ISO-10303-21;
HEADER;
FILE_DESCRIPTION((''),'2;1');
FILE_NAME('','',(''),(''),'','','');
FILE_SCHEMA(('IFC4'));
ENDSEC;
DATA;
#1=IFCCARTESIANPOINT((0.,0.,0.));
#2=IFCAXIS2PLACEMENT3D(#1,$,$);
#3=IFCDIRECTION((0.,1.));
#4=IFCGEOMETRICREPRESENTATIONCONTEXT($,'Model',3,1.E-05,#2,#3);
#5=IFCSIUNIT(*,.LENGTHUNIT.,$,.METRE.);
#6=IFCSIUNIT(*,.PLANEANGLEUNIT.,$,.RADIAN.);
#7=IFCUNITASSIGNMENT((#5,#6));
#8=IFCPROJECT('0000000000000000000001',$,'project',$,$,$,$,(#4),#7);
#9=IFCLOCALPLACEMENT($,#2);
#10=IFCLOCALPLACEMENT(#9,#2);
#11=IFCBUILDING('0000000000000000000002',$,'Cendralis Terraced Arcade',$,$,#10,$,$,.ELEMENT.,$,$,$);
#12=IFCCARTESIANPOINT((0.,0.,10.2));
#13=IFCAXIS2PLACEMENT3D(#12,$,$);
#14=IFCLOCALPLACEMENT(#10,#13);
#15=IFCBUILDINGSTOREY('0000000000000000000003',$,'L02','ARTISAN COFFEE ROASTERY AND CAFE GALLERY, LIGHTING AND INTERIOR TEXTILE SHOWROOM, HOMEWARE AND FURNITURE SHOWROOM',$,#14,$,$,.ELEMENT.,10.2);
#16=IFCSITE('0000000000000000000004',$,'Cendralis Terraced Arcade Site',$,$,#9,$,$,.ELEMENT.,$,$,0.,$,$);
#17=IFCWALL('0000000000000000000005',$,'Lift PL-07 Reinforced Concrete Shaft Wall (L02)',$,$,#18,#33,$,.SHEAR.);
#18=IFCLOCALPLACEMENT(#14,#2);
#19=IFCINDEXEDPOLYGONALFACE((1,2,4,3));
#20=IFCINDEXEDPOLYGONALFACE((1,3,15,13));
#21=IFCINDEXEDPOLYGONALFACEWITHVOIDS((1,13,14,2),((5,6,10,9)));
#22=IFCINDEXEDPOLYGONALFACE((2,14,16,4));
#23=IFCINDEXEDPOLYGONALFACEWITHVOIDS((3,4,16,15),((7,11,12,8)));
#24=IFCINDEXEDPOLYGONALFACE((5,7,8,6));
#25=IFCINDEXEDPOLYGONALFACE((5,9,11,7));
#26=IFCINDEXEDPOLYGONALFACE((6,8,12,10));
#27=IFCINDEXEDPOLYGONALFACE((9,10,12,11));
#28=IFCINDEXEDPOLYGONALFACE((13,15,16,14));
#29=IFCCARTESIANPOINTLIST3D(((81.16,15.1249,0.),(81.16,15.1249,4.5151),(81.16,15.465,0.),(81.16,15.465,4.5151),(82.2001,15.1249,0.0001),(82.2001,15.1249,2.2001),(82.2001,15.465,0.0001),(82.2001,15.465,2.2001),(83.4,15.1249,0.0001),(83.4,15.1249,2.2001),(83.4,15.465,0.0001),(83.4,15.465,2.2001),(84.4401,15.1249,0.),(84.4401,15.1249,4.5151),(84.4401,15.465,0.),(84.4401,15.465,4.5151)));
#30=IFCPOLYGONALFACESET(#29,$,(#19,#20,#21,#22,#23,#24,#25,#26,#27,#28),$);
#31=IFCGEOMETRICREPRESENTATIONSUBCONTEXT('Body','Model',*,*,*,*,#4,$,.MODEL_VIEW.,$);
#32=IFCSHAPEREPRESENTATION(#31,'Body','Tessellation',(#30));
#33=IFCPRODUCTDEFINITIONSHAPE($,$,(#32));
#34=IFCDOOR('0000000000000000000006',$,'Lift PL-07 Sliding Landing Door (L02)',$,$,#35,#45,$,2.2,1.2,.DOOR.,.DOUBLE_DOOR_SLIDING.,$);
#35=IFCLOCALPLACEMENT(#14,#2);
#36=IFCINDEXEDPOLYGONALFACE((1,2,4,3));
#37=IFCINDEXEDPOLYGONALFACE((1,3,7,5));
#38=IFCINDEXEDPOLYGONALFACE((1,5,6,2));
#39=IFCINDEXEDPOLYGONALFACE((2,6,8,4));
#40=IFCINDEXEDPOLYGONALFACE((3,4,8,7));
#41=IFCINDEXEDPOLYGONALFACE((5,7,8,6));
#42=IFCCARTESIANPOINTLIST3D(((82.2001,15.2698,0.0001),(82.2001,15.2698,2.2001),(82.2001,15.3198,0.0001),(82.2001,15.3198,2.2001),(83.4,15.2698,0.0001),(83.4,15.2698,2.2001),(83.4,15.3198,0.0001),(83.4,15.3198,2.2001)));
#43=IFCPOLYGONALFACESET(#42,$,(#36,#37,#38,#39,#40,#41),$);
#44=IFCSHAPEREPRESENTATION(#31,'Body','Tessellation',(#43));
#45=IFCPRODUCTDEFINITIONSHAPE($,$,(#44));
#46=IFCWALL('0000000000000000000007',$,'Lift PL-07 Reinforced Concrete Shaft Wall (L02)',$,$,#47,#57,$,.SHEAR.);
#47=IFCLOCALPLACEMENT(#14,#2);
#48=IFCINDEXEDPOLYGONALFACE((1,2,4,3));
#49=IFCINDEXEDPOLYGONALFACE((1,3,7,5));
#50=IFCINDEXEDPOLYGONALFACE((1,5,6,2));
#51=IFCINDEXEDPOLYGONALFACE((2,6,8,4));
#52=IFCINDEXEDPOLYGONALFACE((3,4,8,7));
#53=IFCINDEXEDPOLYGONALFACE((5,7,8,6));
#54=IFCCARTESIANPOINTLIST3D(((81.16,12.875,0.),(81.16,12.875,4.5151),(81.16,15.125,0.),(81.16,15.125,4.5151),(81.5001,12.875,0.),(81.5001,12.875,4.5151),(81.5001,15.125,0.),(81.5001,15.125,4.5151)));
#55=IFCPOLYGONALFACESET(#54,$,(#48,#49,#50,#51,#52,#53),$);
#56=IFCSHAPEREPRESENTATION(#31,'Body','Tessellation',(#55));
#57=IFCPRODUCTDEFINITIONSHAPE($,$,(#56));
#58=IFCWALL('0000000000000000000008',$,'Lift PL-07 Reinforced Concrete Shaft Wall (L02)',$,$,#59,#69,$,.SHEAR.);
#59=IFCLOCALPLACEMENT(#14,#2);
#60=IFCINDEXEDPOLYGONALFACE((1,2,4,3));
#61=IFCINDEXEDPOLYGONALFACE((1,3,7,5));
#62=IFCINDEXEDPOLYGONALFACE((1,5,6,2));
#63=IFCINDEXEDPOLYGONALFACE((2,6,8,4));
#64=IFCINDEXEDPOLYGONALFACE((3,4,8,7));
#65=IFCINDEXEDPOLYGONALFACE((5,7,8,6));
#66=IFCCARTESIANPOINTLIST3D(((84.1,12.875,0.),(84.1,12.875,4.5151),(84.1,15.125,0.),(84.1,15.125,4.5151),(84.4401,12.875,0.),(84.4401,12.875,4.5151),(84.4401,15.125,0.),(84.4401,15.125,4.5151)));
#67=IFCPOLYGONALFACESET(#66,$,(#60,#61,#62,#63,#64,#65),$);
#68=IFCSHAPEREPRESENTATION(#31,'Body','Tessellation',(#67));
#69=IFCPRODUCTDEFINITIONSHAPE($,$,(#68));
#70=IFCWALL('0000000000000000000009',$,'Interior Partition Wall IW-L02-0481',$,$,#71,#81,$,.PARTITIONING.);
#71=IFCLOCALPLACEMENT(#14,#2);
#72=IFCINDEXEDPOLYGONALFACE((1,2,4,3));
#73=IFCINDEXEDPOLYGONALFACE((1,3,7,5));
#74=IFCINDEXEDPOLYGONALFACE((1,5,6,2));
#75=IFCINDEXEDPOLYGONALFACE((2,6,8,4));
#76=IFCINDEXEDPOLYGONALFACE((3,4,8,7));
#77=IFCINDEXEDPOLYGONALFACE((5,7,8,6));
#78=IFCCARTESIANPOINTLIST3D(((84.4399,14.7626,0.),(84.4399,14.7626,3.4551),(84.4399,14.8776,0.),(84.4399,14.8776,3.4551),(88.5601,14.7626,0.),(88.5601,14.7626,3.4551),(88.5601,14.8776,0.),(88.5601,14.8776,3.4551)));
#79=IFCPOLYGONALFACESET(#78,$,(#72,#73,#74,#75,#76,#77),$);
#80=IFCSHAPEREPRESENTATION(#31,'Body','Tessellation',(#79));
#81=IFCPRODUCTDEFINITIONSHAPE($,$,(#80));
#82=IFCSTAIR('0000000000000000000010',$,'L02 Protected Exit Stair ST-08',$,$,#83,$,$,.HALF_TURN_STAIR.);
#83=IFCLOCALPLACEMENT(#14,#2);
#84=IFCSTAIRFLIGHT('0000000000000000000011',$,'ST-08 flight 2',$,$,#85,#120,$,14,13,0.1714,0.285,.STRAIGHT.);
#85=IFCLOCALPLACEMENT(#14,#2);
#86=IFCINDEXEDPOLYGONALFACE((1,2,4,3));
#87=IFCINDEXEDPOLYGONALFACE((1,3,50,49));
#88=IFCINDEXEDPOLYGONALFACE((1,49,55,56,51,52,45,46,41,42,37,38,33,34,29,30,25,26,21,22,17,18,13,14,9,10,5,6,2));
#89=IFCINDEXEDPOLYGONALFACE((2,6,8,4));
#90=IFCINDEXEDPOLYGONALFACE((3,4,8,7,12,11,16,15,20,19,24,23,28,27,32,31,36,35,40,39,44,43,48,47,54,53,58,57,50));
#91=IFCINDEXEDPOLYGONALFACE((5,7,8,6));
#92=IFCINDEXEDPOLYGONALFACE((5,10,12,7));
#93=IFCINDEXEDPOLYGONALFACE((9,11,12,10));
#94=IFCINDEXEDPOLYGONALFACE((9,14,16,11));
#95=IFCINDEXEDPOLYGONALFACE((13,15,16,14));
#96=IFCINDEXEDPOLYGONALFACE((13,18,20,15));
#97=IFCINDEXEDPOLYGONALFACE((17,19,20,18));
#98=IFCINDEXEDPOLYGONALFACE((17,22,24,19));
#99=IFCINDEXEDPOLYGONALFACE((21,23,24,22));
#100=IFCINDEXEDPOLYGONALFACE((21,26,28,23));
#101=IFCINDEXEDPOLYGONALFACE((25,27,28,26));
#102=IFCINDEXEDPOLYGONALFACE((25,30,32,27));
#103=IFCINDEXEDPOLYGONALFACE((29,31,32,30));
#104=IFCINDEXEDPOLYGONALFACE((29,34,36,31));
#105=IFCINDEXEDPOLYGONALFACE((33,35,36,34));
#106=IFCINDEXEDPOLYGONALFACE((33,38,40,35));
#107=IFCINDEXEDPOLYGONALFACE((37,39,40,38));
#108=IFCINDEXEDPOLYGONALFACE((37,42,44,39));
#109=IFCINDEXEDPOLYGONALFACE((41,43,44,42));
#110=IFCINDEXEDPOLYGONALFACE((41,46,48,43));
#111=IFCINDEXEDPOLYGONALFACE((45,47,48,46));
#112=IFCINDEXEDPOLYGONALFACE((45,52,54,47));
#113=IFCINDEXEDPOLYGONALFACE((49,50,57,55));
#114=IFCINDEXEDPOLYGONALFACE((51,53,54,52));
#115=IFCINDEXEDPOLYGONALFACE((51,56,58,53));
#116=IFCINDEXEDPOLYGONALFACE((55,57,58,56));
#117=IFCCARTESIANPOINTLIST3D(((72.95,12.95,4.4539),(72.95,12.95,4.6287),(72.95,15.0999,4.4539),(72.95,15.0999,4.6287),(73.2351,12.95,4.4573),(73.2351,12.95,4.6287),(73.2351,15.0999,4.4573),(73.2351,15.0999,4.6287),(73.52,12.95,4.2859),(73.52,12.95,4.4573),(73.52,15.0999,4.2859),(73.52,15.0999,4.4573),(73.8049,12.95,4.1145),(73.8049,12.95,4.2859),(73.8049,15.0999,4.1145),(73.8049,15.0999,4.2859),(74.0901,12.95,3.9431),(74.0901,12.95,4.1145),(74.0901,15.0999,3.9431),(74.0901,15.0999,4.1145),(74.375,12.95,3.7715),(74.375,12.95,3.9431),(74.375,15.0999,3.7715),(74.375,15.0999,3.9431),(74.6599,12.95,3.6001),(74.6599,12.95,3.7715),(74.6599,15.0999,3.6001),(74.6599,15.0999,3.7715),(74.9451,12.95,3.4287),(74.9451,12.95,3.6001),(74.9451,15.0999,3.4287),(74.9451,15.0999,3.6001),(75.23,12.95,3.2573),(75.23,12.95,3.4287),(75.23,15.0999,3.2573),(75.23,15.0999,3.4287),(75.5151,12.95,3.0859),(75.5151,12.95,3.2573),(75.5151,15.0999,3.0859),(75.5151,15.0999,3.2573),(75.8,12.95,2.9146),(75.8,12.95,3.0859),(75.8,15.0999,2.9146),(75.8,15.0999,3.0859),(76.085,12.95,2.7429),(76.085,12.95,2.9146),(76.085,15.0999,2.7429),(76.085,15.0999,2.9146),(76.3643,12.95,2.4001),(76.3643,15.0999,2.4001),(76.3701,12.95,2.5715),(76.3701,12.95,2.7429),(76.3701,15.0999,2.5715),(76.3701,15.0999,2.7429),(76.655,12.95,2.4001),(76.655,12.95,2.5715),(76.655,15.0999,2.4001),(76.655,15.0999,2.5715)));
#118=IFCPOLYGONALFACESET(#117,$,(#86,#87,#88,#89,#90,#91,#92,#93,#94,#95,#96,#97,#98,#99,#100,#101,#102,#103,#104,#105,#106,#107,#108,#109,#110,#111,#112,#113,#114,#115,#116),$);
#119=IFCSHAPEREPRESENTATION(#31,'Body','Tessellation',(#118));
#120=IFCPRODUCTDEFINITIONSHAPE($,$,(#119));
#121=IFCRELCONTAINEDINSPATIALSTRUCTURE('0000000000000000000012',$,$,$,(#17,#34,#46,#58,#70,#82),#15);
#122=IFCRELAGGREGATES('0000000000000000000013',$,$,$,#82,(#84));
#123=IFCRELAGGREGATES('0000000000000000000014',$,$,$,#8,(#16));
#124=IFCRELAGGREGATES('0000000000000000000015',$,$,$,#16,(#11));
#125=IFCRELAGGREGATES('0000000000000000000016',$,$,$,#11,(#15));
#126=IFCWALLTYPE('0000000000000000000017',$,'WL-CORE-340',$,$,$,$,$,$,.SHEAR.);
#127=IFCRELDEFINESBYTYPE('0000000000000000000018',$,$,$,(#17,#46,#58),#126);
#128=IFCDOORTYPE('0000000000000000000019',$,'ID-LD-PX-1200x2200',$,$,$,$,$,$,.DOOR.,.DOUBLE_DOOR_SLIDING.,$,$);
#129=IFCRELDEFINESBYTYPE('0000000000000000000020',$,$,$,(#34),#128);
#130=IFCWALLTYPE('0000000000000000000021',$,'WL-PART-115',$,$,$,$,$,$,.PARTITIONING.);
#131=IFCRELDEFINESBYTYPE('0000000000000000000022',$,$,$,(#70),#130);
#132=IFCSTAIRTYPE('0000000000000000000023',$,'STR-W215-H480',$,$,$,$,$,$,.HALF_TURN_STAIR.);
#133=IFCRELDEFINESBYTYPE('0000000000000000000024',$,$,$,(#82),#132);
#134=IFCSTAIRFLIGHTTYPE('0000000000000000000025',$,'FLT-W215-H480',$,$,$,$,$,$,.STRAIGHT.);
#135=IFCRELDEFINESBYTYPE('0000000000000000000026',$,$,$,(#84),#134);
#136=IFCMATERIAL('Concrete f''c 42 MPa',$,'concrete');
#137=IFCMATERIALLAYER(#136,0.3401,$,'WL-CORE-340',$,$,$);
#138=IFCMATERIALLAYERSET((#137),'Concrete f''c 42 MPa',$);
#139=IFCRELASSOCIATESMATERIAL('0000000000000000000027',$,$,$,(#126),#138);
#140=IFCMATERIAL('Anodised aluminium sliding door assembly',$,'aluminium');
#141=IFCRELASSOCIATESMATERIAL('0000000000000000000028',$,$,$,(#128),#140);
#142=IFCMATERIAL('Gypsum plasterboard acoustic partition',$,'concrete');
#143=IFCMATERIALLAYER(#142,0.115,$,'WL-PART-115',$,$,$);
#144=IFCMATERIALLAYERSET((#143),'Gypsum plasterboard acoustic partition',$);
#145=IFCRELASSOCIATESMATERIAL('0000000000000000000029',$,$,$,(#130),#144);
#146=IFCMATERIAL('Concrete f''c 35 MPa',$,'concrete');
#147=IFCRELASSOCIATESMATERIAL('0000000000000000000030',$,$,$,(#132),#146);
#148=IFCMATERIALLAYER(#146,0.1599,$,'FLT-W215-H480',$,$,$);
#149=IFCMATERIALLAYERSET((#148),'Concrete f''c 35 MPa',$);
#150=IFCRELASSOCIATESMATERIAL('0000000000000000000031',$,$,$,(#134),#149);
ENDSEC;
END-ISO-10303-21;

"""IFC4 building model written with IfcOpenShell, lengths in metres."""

from ifc_helpers import new_model, si_unit, direction, frame, frame_2d, origin, place, context, subcontext, project, spatial, polyline, rectangle, outline, extrude, material, layer, layer_set, type_object, element, fill, aggregate, save


model = new_model("IFC4")

# Units and contexts
model_context = context("Model", 3, precision=1e-05, world=origin(), true_north=direction((0.0, 1.0)))
body_context = subcontext(model_context, "Body", "Model", "MODEL_VIEW")
ifc_project = project(units=[si_unit("LENGTHUNIT", "METRE"), si_unit("PLANEANGLEUNIT", "RADIAN")], contexts=[model_context])

# Site, building, storey
site_placement = place(None, origin())
site = spatial("IfcSite", under=ifc_project, at=site_placement, Name="Cendralis Terraced Arcade Site", CompositionType="ELEMENT", RefElevation=0.0)
building_placement = place(site_placement, origin())
building = spatial("IfcBuilding", under=site, at=building_placement, Name="Cendralis Terraced Arcade", CompositionType="ELEMENT")
storey_placement = place(building_placement, frame((0.0, 0.0, 10.2)))
storey = spatial("IfcBuildingStorey", under=building, at=storey_placement, Name="L02", Description="ARTISAN COFFEE ROASTERY AND CAFE GALLERY, LIGHTING AND INTERIOR TEXTILE SHOWROOM, HOMEWARE AND FURNITURE SHOWROOM", CompositionType="ELEMENT", Elevation=10.2)

# Shared definitions
ifc_material_1 = material(Name="Concrete f'c 42 MPa", Category="concrete")

# Shared definitions
ifc_material_2 = material(Name="Concrete f'c 35 MPa", Category="concrete")

# Shared definitions
ifc_material_3 = material(Name="Gypsum plasterboard acoustic partition", Category="concrete")

# Shared definitions
ifc_layer_1 = layer(ifc_material_1, 0.3401, Name="WL-CORE-340")
ifc_layer_set_1 = layer_set([ifc_layer_1], Name="Concrete f'c 42 MPa")
wall_type_1 = type_object("IfcWallType", Name="WL-CORE-340", PredefinedType="SHEAR", material=ifc_layer_set_1)

# Wall, opening, door
wall_1_placement = place(storey_placement, frame((81.1599, 15.2949, 0.0), z_axis=(0.0, 0.0, 1.0), x_axis=(1.0, 0.0, 0.0)))
wall_1 = element("IfcWall", 1, at=wall_1_placement, inside=storey, type_object=wall_type_1, Name="Lift PL-07 Reinforced Concrete Shaft Wall (L02)", PredefinedType="SHEAR", context=body_context, shape_type="SweptSolid", body=[
    extrude(rectangle(XDim=3.28, YDim=0.3401, at=frame_2d((1.6401, 0.0))), origin(), (0.0, 0.0, 1.0), 4.5151),
])
opening_1_placement = place(wall_1_placement, frame((1.04, 0.0, 0.0)))
opening_1 = element("IfcOpeningElement", 2, at=opening_1_placement, cuts=wall_1, PredefinedType="OPENING", context=body_context, shape_type="SweptSolid", body=[
    extrude(rectangle(XDim=1.2, YDim=2.2, at=frame_2d((0.6001, 1.1001))), frame((0.0, 0.1821, 0.0), z_axis=(0.0, -1.0, 0.0), x_axis=(1.0, 0.0, 0.0)), (0.0, 0.0, 1.0), 0.364),
])
ifc_material_4 = material(Name="Anodised aluminium sliding door assembly", Category="aluminium")
door_type_1 = type_object("IfcDoorType", Name="ID-LD-PX-1200x2200", OperationType="DOUBLE_DOOR_SLIDING", PredefinedType="DOOR", material=ifc_material_4)
door_1_placement = place(opening_1_placement, origin())
door_1 = element("IfcDoor", 3, at=door_1_placement, inside=storey, type_object=door_type_1, Name="Lift PL-07 Sliding Landing Door (L02)", OperationType="DOUBLE_DOOR_SLIDING", OverallHeight=2.2, OverallWidth=1.2, PredefinedType="DOOR", context=body_context, shape_type="SweptSolid", body=[
    extrude(rectangle(XDim=1.2, YDim=2.2, at=frame_2d((0.6001, 1.1001))), frame((0.0, 0.0249, 0.0), z_axis=(0.0, -1.0, 0.0), x_axis=(1.0, 0.0, 0.0)), (0.0, 0.0, 1.0), 0.05),
])
fill(opening_1, door_1)

# Walls
for number, where, z_axis, x_axis, name in (
    (4, (81.3301, 12.875, 0.0), (0.0, 0.0, 1.0), (0.0, 1.0, 0.0), "Lift PL-07 Reinforced Concrete Shaft Wall (L02)"),
    (5, (84.27, 12.875, 0.0), (0.0, 0.0, 1.0), (0.0, 1.0, 0.0), "Lift PL-07 Reinforced Concrete Shaft Wall (L02)"),
):
    element("IfcWall", number, at=place(storey_placement, frame(where, z_axis=z_axis, x_axis=x_axis)), inside=storey, type_object=wall_type_1, Name=name, PredefinedType="SHEAR", context=body_context, shape_type="SweptSolid", body=[
        extrude(rectangle(XDim=2.25, YDim=0.3401, at=frame_2d((1.125, 0.0))), origin(), (0.0, 0.0, 1.0), 4.5151),
    ])
ifc_layer_2 = layer(ifc_material_3, 0.115, Name="WL-PART-115")
ifc_layer_set_2 = layer_set([ifc_layer_2], Name="Gypsum plasterboard acoustic partition")
wall_type_2 = type_object("IfcWallType", Name="WL-PART-115", PredefinedType="PARTITIONING", material=ifc_layer_set_2)
wall_2_placement = place(storey_placement, frame((84.4399, 14.8201, 0.0), z_axis=(0.0, 0.0, 1.0), x_axis=(1.0, 0.0, 0.0)))
element("IfcWall", 6, at=wall_2_placement, inside=storey, type_object=wall_type_2, Name="Interior Partition Wall IW-L02-0481", PredefinedType="PARTITIONING", context=body_context, shape_type="SweptSolid", body=[
    extrude(rectangle(XDim=4.1201, YDim=0.115, at=frame_2d((2.0601, 0.0))), origin(), (0.0, 0.0, 1.0), 3.4551),
])

# Stair, stair flight
stair_type = type_object("IfcStairType", Name="STR-W215-H480", PredefinedType="HALF_TURN_STAIR", material=ifc_material_2)
stair_placement = place(storey_placement, origin())
stair = element("IfcStair", 7, at=stair_placement, inside=storey, type_object=stair_type, Name="L02 Protected Exit Stair ST-08", PredefinedType="HALF_TURN_STAIR")
ifc_layer_3 = layer(ifc_material_2, 0.1599, Name="FLT-W215-H480")
ifc_layer_set_3 = layer_set([ifc_layer_3], Name="Concrete f'c 35 MPa")
stair_flight_type = type_object("IfcStairFlightType", Name="FLT-W215-H480", PredefinedType="STRAIGHT", material=ifc_layer_set_3)
stair_flight_placement = place(storey_placement, frame((76.655, 14.0249, 2.4001), z_axis=(0.0, 0.0, 1.0), x_axis=(-1.0, 0.0, 0.0)))
stair_flight = element("IfcStairFlight", 8, at=stair_flight_placement, type_object=stair_flight_type, Name="ST-08 flight 2", NumberOfRisers=14, NumberOfTreads=13, PredefinedType="STRAIGHT", RiserHeight=0.1714, TreadLength=0.285, context=body_context, shape_type="SweptSolid", body=[
    extrude(outline(polyline([(0.0, 0.0), (0.0, 0.1714), (0.2849, 0.1714), (0.2849, 0.3428), (0.5701, 0.3428), (0.5701, 0.5144), (0.855, 0.5144), (0.855, 0.6858), (1.1399, 0.6858), (1.1399, 0.8572), (1.425, 0.8572), (1.425, 1.0286), (1.71, 1.0286), (1.71, 1.2), (1.9951, 1.2), (1.9951, 1.3713), (2.28, 1.3713), (2.28, 1.543), (2.5649, 1.543), (2.5649, 1.7144), (2.8501, 1.7144), (2.8501, 1.8857), (3.135, 1.8857), (3.135, 2.0571), (3.4199, 2.0571), (3.4199, 2.2285), (3.7051, 2.2285), (3.7051, 2.3999), (3.7051, 2.0537), (0.2908, 0.0), (0.0, 0.0)])), frame((0.0, 1.075, 0.0), z_axis=(0.0, -1.0, 0.0), x_axis=(1.0, 0.0, 0.0)), (0.0, 0.0, 1.0), 2.1499),
])
aggregate(stair, [stair_flight])

save(model, "model.ifc")
